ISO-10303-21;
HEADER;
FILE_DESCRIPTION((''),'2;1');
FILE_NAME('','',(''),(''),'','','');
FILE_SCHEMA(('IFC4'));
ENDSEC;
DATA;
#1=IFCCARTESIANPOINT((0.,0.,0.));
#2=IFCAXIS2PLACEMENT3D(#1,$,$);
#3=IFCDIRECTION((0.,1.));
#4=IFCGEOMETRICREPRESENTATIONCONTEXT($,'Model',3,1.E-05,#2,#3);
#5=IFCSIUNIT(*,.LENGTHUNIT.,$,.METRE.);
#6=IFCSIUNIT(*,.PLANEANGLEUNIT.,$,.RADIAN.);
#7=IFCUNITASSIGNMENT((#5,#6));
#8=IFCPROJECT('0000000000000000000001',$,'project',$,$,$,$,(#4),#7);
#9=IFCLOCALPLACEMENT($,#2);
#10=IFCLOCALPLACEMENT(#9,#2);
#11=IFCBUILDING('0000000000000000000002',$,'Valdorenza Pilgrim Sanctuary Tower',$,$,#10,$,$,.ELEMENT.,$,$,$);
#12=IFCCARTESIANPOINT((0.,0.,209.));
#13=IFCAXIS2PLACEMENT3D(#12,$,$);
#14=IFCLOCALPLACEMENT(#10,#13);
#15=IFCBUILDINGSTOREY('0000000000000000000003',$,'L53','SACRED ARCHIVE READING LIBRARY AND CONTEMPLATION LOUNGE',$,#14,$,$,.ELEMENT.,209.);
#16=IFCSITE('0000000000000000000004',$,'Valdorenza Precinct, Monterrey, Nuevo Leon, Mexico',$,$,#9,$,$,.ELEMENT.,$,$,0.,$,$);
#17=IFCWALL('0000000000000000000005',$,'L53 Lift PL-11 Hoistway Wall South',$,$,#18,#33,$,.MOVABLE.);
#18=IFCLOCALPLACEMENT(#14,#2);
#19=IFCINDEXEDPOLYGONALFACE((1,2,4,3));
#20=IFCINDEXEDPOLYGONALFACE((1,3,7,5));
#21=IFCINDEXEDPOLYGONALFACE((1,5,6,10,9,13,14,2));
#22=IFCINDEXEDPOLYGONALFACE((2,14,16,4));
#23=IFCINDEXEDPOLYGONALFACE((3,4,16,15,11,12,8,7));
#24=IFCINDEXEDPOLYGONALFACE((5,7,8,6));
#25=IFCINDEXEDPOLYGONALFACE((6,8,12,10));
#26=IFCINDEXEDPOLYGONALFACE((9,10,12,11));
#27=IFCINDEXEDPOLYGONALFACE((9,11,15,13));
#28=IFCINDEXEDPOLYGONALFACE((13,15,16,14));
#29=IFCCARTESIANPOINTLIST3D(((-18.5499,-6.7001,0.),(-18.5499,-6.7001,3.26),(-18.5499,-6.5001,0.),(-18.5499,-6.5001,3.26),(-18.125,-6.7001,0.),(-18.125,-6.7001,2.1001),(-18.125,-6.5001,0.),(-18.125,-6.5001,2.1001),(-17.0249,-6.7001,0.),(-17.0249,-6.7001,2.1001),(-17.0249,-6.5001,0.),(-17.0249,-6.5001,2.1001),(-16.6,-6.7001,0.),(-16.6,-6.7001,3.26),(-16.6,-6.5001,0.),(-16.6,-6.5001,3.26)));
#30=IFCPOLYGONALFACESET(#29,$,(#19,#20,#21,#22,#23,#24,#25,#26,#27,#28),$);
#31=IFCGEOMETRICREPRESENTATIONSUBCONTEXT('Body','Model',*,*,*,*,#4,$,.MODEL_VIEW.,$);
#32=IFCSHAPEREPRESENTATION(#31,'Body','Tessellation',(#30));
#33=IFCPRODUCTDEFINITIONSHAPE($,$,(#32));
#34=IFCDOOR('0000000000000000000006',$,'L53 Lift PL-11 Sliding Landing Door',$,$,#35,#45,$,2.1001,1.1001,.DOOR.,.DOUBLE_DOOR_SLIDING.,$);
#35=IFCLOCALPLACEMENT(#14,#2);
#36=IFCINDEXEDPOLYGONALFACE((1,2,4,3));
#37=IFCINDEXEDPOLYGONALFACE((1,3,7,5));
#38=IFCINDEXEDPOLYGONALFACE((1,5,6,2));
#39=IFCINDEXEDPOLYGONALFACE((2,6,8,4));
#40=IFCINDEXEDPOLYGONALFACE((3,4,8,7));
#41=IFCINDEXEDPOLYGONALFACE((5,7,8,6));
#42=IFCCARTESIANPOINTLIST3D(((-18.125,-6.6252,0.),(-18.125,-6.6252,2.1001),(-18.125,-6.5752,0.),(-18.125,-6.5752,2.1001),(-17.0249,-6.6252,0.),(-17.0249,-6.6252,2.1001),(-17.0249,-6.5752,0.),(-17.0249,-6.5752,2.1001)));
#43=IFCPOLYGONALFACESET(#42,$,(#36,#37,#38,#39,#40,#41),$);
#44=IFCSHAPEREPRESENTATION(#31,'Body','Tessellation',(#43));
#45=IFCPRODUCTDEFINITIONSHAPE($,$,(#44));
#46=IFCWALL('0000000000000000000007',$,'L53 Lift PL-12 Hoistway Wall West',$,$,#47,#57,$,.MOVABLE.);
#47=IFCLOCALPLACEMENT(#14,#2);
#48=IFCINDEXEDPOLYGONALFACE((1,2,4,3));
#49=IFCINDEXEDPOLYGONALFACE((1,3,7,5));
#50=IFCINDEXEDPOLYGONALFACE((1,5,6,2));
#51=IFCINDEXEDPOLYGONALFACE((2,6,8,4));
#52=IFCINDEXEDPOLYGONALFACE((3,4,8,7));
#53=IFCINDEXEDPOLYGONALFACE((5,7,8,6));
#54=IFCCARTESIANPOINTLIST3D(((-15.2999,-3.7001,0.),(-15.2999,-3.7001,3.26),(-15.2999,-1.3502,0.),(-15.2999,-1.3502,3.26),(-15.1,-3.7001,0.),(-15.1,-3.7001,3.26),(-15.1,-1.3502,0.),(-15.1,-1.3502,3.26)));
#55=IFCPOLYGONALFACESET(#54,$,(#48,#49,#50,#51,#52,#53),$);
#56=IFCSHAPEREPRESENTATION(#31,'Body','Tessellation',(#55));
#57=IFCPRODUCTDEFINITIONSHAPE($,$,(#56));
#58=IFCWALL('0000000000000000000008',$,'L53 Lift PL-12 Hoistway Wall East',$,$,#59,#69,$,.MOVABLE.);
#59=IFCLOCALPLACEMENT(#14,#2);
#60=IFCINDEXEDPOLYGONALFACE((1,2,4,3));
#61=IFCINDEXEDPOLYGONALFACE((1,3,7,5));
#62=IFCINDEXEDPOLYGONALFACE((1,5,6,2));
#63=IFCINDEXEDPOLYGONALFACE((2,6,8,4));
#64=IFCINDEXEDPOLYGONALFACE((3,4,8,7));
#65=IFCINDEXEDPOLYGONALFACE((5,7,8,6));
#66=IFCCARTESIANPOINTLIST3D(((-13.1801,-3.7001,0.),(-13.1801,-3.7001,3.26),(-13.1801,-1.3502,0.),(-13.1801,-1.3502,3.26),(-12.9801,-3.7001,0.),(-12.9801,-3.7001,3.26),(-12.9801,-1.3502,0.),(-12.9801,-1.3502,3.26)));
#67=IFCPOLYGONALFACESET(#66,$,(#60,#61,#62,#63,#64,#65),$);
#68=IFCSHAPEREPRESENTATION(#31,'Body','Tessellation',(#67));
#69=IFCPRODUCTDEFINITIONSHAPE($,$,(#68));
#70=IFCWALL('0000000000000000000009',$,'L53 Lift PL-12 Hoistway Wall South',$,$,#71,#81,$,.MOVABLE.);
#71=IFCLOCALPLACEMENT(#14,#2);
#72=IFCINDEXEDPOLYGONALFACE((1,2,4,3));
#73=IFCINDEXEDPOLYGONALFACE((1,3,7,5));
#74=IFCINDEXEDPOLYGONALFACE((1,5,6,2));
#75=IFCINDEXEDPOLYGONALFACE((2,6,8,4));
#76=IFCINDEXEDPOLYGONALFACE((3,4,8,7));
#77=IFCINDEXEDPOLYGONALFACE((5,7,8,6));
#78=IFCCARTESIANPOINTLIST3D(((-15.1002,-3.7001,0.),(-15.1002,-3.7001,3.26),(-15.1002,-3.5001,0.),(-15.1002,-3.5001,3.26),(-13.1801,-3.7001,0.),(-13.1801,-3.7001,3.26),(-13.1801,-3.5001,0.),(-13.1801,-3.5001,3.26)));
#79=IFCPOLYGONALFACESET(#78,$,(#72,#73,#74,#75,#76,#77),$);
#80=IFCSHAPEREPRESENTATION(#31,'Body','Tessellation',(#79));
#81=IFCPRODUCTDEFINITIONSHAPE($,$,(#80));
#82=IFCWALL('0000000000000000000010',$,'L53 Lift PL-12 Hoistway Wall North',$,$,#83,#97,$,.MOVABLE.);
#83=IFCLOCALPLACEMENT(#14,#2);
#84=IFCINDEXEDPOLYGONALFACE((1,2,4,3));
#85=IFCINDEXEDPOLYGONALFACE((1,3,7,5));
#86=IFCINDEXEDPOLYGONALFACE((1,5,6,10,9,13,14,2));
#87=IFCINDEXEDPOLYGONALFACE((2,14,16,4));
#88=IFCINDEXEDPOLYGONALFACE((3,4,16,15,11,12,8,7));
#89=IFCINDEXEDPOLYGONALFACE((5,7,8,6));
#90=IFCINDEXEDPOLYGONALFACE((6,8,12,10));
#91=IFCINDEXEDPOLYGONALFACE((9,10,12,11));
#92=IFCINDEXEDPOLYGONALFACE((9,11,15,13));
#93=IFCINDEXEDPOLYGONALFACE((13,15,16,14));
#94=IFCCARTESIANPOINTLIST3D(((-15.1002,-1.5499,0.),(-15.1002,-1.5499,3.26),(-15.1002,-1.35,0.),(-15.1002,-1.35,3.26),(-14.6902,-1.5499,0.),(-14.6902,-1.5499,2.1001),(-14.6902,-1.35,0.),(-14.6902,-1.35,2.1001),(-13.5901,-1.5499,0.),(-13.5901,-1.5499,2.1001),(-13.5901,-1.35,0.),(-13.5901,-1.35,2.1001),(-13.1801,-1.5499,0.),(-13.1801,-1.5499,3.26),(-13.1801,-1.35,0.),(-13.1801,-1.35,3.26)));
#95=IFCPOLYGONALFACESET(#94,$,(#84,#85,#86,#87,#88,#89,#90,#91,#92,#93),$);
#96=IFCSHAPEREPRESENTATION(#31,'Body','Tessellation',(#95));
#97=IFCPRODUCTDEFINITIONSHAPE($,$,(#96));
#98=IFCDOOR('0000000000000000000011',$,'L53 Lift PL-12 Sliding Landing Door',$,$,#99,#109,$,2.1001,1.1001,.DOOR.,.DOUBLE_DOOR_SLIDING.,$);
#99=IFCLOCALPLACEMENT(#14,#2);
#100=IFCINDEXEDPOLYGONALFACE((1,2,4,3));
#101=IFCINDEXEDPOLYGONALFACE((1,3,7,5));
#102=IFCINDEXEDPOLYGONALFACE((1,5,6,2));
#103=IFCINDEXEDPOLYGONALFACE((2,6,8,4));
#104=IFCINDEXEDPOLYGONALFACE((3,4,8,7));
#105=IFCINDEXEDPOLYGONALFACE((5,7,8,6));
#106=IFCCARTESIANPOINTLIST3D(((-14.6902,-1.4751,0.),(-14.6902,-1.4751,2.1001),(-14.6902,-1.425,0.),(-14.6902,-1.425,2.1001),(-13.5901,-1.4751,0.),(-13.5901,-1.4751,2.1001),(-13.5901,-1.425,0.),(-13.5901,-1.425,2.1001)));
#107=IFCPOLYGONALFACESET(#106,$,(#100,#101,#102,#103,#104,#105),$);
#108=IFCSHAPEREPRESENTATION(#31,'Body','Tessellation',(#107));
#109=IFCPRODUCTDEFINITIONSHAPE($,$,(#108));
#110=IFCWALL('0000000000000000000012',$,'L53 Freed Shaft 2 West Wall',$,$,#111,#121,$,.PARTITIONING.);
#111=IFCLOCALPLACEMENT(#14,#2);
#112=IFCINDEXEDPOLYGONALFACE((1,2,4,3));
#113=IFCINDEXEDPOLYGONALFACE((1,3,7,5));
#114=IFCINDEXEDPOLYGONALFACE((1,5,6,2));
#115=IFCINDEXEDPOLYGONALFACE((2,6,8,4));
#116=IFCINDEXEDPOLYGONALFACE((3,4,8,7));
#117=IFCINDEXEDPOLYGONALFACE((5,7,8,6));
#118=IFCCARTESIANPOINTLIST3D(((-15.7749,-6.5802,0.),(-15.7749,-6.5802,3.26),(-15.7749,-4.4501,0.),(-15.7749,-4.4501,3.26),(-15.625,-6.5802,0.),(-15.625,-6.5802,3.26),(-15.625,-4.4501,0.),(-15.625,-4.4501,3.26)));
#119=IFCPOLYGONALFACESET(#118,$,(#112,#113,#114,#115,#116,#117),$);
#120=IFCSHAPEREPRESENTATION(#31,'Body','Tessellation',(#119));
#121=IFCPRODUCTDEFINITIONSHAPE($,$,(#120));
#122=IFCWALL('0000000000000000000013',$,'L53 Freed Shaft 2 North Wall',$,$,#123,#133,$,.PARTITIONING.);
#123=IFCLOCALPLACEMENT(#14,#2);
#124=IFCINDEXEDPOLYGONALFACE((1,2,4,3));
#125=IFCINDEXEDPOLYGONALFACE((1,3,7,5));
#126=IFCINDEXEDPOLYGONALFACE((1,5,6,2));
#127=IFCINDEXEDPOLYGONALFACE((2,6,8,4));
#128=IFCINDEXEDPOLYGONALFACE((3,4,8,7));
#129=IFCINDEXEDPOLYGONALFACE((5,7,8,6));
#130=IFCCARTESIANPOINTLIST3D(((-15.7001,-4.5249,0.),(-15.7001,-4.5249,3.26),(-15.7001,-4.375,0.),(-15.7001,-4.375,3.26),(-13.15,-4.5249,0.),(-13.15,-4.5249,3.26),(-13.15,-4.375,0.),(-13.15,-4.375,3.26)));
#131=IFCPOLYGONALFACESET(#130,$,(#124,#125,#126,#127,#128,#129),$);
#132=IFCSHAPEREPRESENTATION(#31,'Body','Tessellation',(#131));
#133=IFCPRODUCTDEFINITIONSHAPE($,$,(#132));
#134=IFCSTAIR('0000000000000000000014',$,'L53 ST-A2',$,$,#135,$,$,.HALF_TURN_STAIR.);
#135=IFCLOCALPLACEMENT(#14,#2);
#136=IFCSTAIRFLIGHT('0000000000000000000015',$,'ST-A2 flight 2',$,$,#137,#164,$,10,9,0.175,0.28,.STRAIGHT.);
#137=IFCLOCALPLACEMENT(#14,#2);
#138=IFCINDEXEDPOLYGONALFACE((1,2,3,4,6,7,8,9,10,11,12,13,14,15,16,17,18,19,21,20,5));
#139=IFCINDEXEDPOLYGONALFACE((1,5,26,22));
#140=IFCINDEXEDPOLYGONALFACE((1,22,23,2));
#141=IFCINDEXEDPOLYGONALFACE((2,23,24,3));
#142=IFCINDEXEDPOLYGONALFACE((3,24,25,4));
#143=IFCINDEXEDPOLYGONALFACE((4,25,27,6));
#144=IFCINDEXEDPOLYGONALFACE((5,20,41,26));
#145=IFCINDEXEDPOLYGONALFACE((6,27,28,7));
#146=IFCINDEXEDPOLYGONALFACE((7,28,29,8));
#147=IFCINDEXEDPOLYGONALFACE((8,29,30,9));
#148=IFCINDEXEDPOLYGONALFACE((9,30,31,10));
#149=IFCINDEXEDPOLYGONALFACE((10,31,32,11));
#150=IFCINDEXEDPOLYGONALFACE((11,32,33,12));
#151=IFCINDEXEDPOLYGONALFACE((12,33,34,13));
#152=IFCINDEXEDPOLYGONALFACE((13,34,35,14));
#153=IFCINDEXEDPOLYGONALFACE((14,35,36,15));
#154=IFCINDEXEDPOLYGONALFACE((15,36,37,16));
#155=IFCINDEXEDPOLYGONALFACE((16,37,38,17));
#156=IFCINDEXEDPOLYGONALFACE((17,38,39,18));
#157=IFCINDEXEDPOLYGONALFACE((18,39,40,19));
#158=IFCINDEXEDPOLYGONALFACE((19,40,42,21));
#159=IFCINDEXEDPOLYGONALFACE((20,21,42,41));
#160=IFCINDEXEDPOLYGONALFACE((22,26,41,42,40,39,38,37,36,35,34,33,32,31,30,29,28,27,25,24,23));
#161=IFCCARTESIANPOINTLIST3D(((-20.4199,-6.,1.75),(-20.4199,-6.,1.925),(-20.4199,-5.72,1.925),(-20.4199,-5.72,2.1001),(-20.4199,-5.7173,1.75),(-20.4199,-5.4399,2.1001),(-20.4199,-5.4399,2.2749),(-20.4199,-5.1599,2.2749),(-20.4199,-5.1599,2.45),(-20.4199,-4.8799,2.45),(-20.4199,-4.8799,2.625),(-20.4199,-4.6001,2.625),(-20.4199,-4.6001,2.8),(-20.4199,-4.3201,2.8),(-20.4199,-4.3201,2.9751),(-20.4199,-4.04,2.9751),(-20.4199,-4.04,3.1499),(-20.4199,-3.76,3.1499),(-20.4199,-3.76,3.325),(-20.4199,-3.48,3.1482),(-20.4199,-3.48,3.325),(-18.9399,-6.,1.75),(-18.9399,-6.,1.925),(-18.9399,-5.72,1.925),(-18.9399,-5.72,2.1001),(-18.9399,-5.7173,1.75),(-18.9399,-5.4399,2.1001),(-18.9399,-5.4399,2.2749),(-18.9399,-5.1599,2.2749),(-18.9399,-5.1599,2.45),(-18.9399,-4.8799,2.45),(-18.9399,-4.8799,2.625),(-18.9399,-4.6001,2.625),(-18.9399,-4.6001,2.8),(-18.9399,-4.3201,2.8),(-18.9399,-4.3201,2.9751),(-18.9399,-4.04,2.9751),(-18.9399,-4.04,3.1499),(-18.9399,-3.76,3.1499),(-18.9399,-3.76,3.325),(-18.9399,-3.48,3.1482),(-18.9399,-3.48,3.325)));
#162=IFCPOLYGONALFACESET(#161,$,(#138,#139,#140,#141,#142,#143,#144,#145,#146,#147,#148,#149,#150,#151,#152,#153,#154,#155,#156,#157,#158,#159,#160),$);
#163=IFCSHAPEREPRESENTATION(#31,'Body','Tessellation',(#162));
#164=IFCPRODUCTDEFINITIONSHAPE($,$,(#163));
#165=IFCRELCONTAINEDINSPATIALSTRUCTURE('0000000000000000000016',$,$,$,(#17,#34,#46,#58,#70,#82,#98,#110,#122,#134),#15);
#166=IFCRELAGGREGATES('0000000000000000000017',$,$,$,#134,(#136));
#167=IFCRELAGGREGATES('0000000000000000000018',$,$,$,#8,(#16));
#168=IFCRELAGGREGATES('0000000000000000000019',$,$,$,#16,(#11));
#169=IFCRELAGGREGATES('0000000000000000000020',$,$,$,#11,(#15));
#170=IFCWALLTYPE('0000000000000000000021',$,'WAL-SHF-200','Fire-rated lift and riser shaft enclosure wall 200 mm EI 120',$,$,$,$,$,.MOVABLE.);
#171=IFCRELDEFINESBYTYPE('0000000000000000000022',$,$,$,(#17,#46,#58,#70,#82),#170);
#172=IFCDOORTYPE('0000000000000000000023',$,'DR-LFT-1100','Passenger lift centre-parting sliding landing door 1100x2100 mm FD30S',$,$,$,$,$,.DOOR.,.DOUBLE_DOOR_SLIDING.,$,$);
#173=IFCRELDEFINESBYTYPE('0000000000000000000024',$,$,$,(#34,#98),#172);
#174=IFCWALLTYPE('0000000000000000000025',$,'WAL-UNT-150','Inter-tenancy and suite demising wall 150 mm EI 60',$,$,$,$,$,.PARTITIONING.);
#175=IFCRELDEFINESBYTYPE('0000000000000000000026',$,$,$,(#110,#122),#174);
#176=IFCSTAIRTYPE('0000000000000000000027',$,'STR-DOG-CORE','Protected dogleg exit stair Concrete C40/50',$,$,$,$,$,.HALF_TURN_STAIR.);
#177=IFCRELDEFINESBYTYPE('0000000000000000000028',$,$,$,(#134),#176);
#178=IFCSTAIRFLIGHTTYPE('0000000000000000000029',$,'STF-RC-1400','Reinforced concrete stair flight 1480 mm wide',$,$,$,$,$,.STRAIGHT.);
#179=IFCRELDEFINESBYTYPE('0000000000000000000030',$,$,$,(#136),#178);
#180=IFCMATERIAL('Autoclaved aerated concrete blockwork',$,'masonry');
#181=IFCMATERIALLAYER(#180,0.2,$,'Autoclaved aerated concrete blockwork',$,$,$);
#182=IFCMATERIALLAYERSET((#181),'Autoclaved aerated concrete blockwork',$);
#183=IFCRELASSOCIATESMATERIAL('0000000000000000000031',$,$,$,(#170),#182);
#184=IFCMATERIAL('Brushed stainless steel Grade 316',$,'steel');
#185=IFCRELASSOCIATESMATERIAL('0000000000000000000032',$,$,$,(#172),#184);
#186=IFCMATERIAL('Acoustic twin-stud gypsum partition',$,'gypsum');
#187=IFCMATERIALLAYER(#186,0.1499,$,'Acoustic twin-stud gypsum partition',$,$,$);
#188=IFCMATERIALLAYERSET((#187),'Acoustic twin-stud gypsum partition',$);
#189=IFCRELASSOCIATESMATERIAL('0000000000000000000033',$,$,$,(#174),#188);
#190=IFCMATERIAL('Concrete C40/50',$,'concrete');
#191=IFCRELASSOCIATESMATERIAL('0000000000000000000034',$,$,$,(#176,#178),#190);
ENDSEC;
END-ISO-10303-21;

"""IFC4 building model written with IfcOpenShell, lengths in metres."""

from ifc_helpers import new_model, si_unit, direction, frame, frame_2d, origin, place, context, subcontext, project, spatial, polyline, rectangle, outline, extrude, material, layer, layer_set, type_object, element, fill, aggregate, save


model = new_model("IFC4")

# Units and contexts
model_context = context("Model", 3, precision=1e-05, world=origin(), true_north=direction((0.0, 1.0)))
body_context = subcontext(model_context, "Body", "Model", "MODEL_VIEW")
ifc_project = project(units=[si_unit("LENGTHUNIT", "METRE"), si_unit("PLANEANGLEUNIT", "RADIAN")], contexts=[model_context])

# Site, building, storey
site_placement = place(None, origin())
site = spatial("IfcSite", under=ifc_project, at=site_placement, Name="Valdorenza Precinct, Monterrey, Nuevo Leon, Mexico", CompositionType="ELEMENT", RefElevation=0.0)
building_placement = place(site_placement, origin())
building = spatial("IfcBuilding", under=site, at=building_placement, Name="Valdorenza Pilgrim Sanctuary Tower", CompositionType="ELEMENT")
storey_placement = place(building_placement, frame((0.0, 0.0, 209.0)))
storey = spatial("IfcBuildingStorey", under=building, at=storey_placement, Name="L53", Description="SACRED ARCHIVE READING LIBRARY AND CONTEMPLATION LOUNGE", CompositionType="ELEMENT", Elevation=209.0)

# Shared definitions
ifc_material_1 = material(Name="Acoustic twin-stud gypsum partition", Category="gypsum")

# Shared definitions
ifc_material_2 = material(Name="Autoclaved aerated concrete blockwork", Category="masonry")
ifc_layer_1 = layer(ifc_material_2, 0.2, Name="Autoclaved aerated concrete blockwork")
ifc_layer_set_1 = layer_set([ifc_layer_1], Name="Autoclaved aerated concrete blockwork")
wall_type_1 = type_object("IfcWallType", Name="WAL-SHF-200", Description="Fire-rated lift and riser shaft enclosure wall 200 mm EI 120", PredefinedType="MOVABLE", material=ifc_layer_set_1)

# Shared definitions
ifc_material_3 = material(Name="Brushed stainless steel Grade 316", Category="steel")

# Wall, opening, door
wall_1_placement = place(storey_placement, frame((-18.55, -6.6001, 0.0), z_axis=(0.0, 0.0, 1.0), x_axis=(1.0, 0.0, 0.0)))
wall_1 = element("IfcWall", 1, at=wall_1_placement, inside=storey, type_object=wall_type_1, Name="L53 Lift PL-11 Hoistway Wall South", PredefinedType="MOVABLE", context=body_context, shape_type="SweptSolid", body=[
    extrude(rectangle(XDim=1.95, YDim=0.2, at=frame_2d((0.9751, 0.0))), origin(), (0.0, 0.0, 1.0), 3.26),
])
opening_1_placement = place(wall_1_placement, frame((0.425, 0.0, 0.0)))
opening_1 = element("IfcOpeningElement", 2, at=opening_1_placement, cuts=wall_1, PredefinedType="OPENING", context=body_context, shape_type="SweptSolid", body=[
    extrude(rectangle(XDim=1.1001, YDim=2.1001, at=frame_2d((0.55, 1.05))), frame((0.0, 0.1147, 0.0), z_axis=(0.0, -1.0, 0.0), x_axis=(1.0, 0.0, 0.0)), (0.0, 0.0, 1.0), 0.2297),
])
door_type_1 = type_object("IfcDoorType", Name="DR-LFT-1100", Description="Passenger lift centre-parting sliding landing door 1100x2100 mm FD30S", OperationType="DOUBLE_DOOR_SLIDING", PredefinedType="DOOR", material=ifc_material_3)
door_1_placement = place(opening_1_placement, origin())
door_1 = element("IfcDoor", 3, at=door_1_placement, inside=storey, type_object=door_type_1, Name="L53 Lift PL-11 Sliding Landing Door", OperationType="DOUBLE_DOOR_SLIDING", OverallHeight=2.1001, OverallWidth=1.1001, PredefinedType="DOOR", context=body_context, shape_type="SweptSolid", body=[
    extrude(rectangle(XDim=1.1001, YDim=2.1001, at=frame_2d((0.55, 1.05))), frame((0.0, 0.0249, 0.0), z_axis=(0.0, -1.0, 0.0), x_axis=(1.0, 0.0, 0.0)), (0.0, 0.0, 1.0), 0.05),
])
fill(opening_1, door_1)

# Walls
for number, where, z_axis, x_axis, name in (
    (4, (-15.2, -3.7, 0.0), (0.0, 0.0, 1.0), (0.0, 1.0, 0.0), "L53 Lift PL-12 Hoistway Wall West"),
    (5, (-13.0801, -3.7, 0.0), (0.0, 0.0, 1.0), (0.0, 1.0, 0.0), "L53 Lift PL-12 Hoistway Wall East"),
):
    element("IfcWall", number, at=place(storey_placement, frame(where, z_axis=z_axis, x_axis=x_axis)), inside=storey, type_object=wall_type_1, Name=name, PredefinedType="MOVABLE", context=body_context, shape_type="SweptSolid", body=[
        extrude(rectangle(XDim=2.3499, YDim=0.2, at=frame_2d((1.1748, 0.0))), origin(), (0.0, 0.0, 1.0), 3.26),
    ])
wall_2_placement = place(storey_placement, frame((-15.1001, -3.6001, 0.0), z_axis=(0.0, 0.0, 1.0), x_axis=(1.0, 0.0, 0.0)))
element("IfcWall", 6, at=wall_2_placement, inside=storey, type_object=wall_type_1, Name="L53 Lift PL-12 Hoistway Wall South", PredefinedType="MOVABLE", context=body_context, shape_type="SweptSolid", body=[
    extrude(rectangle(XDim=1.9202, YDim=0.2, at=frame_2d((0.96, 0.0))), origin(), (0.0, 0.0, 1.0), 3.26),
])

# Wall, opening, door
wall_3_placement = place(storey_placement, frame((-15.1001, -1.45, 0.0), z_axis=(0.0, 0.0, 1.0), x_axis=(1.0, 0.0, 0.0)))
wall_3 = element("IfcWall", 7, at=wall_3_placement, inside=storey, type_object=wall_type_1, Name="L53 Lift PL-12 Hoistway Wall North", PredefinedType="MOVABLE", context=body_context, shape_type="SweptSolid", body=[
    extrude(rectangle(XDim=1.9202, YDim=0.2, at=frame_2d((0.96, 0.0))), origin(), (0.0, 0.0, 1.0), 3.26),
])
opening_2_placement = place(wall_3_placement, frame((0.4099, 0.0, 0.0)))
opening_2 = element("IfcOpeningElement", 8, at=opening_2_placement, cuts=wall_3, PredefinedType="OPENING", context=body_context, shape_type="SweptSolid", body=[
    extrude(rectangle(XDim=1.1001, YDim=2.1001, at=frame_2d((0.55, 1.05))), frame((0.0, 0.1147, 0.0), z_axis=(0.0, -1.0, 0.0), x_axis=(1.0, 0.0, 0.0)), (0.0, 0.0, 1.0), 0.2297),
])
door_2_placement = place(opening_2_placement, origin())
door_2 = element("IfcDoor", 9, at=door_2_placement, inside=storey, type_object=door_type_1, Name="L53 Lift PL-12 Sliding Landing Door", OperationType="DOUBLE_DOOR_SLIDING", OverallHeight=2.1001, OverallWidth=1.1001, PredefinedType="DOOR", context=body_context, shape_type="SweptSolid", body=[
    extrude(rectangle(XDim=1.1001, YDim=2.1001, at=frame_2d((0.55, 1.05))), frame((0.0, 0.0249, 0.0), z_axis=(0.0, -1.0, 0.0), x_axis=(1.0, 0.0, 0.0)), (0.0, 0.0, 1.0), 0.05),
])
fill(opening_2, door_2)

# Walls
ifc_layer_2 = layer(ifc_material_1, 0.1499, Name="Acoustic twin-stud gypsum partition")
ifc_layer_set_2 = layer_set([ifc_layer_2], Name="Acoustic twin-stud gypsum partition")
wall_type_2 = type_object("IfcWallType", Name="WAL-UNT-150", Description="Inter-tenancy and suite demising wall 150 mm EI 60", PredefinedType="PARTITIONING", material=ifc_layer_set_2)
wall_4_placement = place(storey_placement, frame((-15.7, -6.5801, 0.0), z_axis=(0.0, 0.0, 1.0), x_axis=(0.0, 1.0, 0.0)))
element("IfcWall", 10, at=wall_4_placement, inside=storey, type_object=wall_type_2, Name="L53 Freed Shaft 2 West Wall", PredefinedType="PARTITIONING", context=body_context, shape_type="SweptSolid", body=[
    extrude(rectangle(XDim=2.1301, YDim=0.1499, at=frame_2d((1.0649, 0.0))), origin(), (0.0, 0.0, 1.0), 3.26),
])
wall_5_placement = place(storey_placement, frame((-15.7, -4.45, 0.0), z_axis=(0.0, 0.0, 1.0), x_axis=(1.0, 0.0, 0.0)))
element("IfcWall", 11, at=wall_5_placement, inside=storey, type_object=wall_type_2, Name="L53 Freed Shaft 2 North Wall", PredefinedType="PARTITIONING", context=body_context, shape_type="SweptSolid", body=[
    extrude(rectangle(XDim=2.55, YDim=0.1499, at=frame_2d((1.2749, 0.0))), origin(), (0.0, 0.0, 1.0), 3.26),
])

# Stair, stair flight
ifc_material_4 = material(Name="Concrete C40/50", Category="concrete")
stair_type = type_object("IfcStairType", Name="STR-DOG-CORE", Description="Protected dogleg exit stair Concrete C40/50", PredefinedType="HALF_TURN_STAIR", material=ifc_material_4)
stair_placement = place(storey_placement, origin())
stair = element("IfcStair", 12, at=stair_placement, inside=storey, type_object=stair_type, Name="L53 ST-A2", PredefinedType="HALF_TURN_STAIR")
stair_flight_type = type_object("IfcStairFlightType", Name="STF-RC-1400", Description="Reinforced concrete stair flight 1480 mm wide", PredefinedType="STRAIGHT", material=ifc_material_4)
stair_flight_placement = place(storey_placement, frame((-19.6799, -6.0, 1.75), z_axis=(0.0, 0.0, 1.0), x_axis=(0.0, 1.0, 0.0)))
stair_flight = element("IfcStairFlight", 13, at=stair_flight_placement, type_object=stair_flight_type, Name="ST-A2 flight 2", NumberOfRisers=10, NumberOfTreads=9, PredefinedType="STRAIGHT", RiserHeight=0.175, TreadLength=0.28, context=body_context, shape_type="SweptSolid", body=[
    extrude(outline(polyline([(0.0, 0.0), (0.0, 0.175), (0.28, 0.175), (0.28, 0.3501), (0.5601, 0.3501), (0.5601, 0.5249), (0.8401, 0.5249), (0.8401, 0.7), (1.1201, 0.7), (1.1201, 0.875), (1.3999, 0.875), (1.3999, 1.05), (1.6799, 1.05), (1.6799, 1.2251), (1.96, 1.2251), (1.96, 1.3999), (2.24, 1.3999), (2.24, 1.575), (2.52, 1.575), (2.52, 1.75), (2.52, 1.3982), (0.2827, 0.0), (0.0, 0.0)])), frame((0.0, 0.74, 0.0), z_axis=(0.0, -1.0, 0.0), x_axis=(1.0, 0.0, 0.0)), (0.0, 0.0, 1.0), 1.48),
])
aggregate(stair, [stair_flight])

save(model, "model.ifc")
